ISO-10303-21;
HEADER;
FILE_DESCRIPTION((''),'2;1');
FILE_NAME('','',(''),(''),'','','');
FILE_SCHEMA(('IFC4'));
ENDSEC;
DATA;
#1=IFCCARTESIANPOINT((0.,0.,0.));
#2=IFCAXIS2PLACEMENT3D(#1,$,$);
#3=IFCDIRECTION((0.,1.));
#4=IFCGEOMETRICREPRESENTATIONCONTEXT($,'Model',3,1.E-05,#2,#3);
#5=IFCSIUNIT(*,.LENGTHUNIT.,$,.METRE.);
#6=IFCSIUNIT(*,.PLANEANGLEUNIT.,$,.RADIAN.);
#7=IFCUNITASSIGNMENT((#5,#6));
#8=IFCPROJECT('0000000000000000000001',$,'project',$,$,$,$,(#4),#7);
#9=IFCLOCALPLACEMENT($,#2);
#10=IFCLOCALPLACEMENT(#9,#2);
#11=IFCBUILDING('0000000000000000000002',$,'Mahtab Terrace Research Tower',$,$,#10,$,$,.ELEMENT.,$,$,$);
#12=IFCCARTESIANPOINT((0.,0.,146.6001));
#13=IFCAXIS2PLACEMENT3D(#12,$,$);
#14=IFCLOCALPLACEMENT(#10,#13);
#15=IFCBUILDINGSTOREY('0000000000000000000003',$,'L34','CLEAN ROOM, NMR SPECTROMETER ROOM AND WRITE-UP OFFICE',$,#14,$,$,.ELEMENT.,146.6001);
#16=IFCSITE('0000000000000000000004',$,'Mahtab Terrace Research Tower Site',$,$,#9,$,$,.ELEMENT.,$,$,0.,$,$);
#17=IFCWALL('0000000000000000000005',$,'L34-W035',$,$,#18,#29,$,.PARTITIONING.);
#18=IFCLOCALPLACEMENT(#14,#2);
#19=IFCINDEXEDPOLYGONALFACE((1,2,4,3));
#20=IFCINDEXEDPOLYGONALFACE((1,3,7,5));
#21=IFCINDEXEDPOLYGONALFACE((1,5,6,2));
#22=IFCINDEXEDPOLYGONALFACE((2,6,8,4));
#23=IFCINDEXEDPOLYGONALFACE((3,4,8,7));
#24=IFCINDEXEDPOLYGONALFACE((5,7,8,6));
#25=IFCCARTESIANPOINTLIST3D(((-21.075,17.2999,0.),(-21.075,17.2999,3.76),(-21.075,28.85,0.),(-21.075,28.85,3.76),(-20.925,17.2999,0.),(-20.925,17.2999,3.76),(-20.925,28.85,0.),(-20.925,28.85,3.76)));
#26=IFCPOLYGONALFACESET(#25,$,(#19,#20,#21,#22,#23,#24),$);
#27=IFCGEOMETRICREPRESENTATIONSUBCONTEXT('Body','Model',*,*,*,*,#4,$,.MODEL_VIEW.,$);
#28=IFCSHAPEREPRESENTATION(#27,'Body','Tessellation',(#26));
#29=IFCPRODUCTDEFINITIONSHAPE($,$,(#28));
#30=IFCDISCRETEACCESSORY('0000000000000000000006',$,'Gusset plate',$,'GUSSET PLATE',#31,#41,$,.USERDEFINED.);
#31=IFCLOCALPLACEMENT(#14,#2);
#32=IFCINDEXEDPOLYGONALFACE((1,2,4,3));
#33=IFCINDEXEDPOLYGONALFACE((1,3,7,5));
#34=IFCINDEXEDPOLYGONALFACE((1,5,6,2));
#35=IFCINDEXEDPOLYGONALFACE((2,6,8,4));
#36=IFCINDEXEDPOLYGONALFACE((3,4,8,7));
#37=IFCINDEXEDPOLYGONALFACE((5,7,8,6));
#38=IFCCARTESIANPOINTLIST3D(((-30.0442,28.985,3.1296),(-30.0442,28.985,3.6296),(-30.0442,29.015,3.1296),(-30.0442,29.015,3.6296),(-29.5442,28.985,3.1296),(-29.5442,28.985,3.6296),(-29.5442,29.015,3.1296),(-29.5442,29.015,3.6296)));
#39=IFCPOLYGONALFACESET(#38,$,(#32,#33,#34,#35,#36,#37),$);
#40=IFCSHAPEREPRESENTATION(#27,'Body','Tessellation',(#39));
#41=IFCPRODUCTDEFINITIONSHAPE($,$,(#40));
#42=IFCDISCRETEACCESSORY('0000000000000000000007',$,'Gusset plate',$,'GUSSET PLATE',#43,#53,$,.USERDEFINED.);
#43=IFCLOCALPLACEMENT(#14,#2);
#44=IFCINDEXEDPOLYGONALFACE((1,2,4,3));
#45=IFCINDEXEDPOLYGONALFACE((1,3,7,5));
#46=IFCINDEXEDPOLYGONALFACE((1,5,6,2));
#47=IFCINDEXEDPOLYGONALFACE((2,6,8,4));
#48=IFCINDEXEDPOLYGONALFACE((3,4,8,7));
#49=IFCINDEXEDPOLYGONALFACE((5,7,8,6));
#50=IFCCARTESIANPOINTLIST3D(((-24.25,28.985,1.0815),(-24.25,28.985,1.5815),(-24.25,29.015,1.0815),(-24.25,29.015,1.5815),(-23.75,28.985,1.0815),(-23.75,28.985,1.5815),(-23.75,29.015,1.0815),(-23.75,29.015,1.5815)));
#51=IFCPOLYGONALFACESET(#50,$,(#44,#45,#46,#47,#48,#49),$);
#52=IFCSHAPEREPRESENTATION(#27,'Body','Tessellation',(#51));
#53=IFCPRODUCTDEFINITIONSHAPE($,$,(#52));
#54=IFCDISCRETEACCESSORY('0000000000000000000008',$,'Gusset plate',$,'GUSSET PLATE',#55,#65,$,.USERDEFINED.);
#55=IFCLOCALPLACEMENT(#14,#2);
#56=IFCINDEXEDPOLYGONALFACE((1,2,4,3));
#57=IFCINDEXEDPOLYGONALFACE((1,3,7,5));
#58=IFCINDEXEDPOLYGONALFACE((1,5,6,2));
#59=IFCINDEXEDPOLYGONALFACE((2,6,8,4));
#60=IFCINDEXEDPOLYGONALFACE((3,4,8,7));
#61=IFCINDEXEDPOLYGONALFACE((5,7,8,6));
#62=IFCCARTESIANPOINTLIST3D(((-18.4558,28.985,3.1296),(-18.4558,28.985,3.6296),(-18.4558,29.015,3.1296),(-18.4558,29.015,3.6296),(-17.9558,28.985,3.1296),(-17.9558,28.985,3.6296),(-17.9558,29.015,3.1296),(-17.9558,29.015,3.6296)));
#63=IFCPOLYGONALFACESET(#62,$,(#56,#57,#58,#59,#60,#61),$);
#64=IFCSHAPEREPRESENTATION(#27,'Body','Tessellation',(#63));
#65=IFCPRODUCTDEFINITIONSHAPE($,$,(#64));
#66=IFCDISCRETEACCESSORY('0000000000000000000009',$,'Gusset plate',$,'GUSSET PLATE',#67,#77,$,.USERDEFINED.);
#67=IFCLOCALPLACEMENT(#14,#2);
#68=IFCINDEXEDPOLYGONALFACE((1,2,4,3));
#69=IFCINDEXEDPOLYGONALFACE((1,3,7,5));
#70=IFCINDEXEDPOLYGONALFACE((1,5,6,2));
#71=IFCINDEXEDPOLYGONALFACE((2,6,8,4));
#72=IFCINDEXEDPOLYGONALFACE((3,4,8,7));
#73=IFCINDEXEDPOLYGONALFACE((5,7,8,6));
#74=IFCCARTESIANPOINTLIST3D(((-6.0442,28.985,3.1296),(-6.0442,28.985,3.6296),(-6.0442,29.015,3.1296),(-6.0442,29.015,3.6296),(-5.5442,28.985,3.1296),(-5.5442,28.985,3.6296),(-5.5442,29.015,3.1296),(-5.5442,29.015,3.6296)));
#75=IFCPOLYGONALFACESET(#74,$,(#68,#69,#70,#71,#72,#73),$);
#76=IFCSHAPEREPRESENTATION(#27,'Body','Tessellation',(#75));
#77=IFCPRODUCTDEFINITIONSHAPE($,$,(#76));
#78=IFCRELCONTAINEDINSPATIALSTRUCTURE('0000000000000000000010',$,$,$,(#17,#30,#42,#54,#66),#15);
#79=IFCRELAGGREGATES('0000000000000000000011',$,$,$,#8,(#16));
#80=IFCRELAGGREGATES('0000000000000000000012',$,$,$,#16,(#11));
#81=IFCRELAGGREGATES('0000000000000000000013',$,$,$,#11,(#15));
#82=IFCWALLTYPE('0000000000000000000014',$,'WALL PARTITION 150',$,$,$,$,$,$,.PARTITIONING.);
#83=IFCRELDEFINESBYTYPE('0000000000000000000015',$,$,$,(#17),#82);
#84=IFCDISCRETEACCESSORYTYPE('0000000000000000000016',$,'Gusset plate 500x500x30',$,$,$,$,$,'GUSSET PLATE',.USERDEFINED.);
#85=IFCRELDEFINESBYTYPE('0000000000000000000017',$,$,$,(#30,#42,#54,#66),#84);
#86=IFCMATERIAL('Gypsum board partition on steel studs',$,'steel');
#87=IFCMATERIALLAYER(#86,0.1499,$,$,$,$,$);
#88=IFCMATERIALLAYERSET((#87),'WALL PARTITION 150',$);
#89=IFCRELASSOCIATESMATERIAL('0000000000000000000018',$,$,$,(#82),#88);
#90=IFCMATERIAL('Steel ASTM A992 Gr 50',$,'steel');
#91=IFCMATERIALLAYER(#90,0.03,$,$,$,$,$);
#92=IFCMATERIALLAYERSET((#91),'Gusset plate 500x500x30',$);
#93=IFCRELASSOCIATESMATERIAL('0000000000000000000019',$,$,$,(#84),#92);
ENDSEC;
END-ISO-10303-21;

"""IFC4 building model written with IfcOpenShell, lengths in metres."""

from ifc_helpers import new_model, si_unit, direction, frame, frame_2d, origin, origin_2d, place, context, subcontext, project, spatial, rectangle, extrude, material, layer, layer_set, type_object, element, save


model = new_model("IFC4")

# Units and contexts
model_context = context("Model", 3, precision=1e-05, world=origin(), true_north=direction((0.0, 1.0)))
body_context = subcontext(model_context, "Body", "Model", "MODEL_VIEW")
ifc_project = project(units=[si_unit("LENGTHUNIT", "METRE"), si_unit("PLANEANGLEUNIT", "RADIAN")], contexts=[model_context])

# Site, building, storey
site_placement = place(None, origin())
site = spatial("IfcSite", under=ifc_project, at=site_placement, Name="Mahtab Terrace Research Tower Site", CompositionType="ELEMENT", RefElevation=0.0)
building_placement = place(site_placement, origin())
building = spatial("IfcBuilding", under=site, at=building_placement, Name="Mahtab Terrace Research Tower", CompositionType="ELEMENT")
storey_placement = place(building_placement, frame((0.0, 0.0, 146.6001)))
storey = spatial("IfcBuildingStorey", under=building, at=storey_placement, Name="L34", Description="CLEAN ROOM, NMR SPECTROMETER ROOM AND WRITE-UP OFFICE", CompositionType="ELEMENT", Elevation=146.6001)

# Shared definitions
ifc_material_1 = material(Name="Steel ASTM A992 Gr 50", Category="steel")

# Wall
ifc_material_2 = material(Name="Gypsum board partition on steel studs", Category="steel")
ifc_layer_1 = layer(ifc_material_2, 0.1499)
ifc_layer_set_1 = layer_set([ifc_layer_1], Name="WALL PARTITION 150")
wall_type_1 = type_object("IfcWallType", Name="WALL PARTITION 150", PredefinedType="PARTITIONING", material=ifc_layer_set_1)
for number, where, z_axis, x_axis, name in (
    (1, (-21.0, 17.3, 0.0), (0.0, 0.0, 1.0), (0.0, 1.0, 0.0), "L34-W035"),
):
    element("IfcWall", number, at=place(storey_placement, frame(where, z_axis=z_axis, x_axis=x_axis)), inside=storey, type_object=wall_type_1, Name=name, PredefinedType="PARTITIONING", context=body_context, shape_type="SweptSolid", body=[
        extrude(rectangle(XDim=11.55, YDim=0.1499, at=frame_2d((5.7749, 0.0))), origin(), (0.0, 0.0, 1.0), 3.76),
    ])

# Discrete accessories
ifc_layer_2 = layer(ifc_material_1, 0.03)
ifc_layer_set_2 = layer_set([ifc_layer_2], Name="Gusset plate 500x500x30")
discrete_accessory_type = type_object("IfcDiscreteAccessoryType", Name="Gusset plate 500x500x30", ElementType="GUSSET PLATE", PredefinedType="USERDEFINED", material=ifc_layer_set_2)
for number, where, z_axis, x_axis, name in (
    (2, (-29.7942, 29.0, 3.1296), (0.0, 0.0, 1.0), (1.0, 0.0, 0.0), "Gusset plate"),
    (3, (-24.0, 29.0, 1.0815), (0.0, 0.0, 1.0), (1.0, 0.0, 0.0), "Gusset plate"),
    (4, (-18.2058, 29.0, 3.1296), (0.0, 0.0, 1.0), (1.0, 0.0, 0.0), "Gusset plate"),
    (5, (-5.7942, 29.0, 3.1296), (0.0, 0.0, 1.0), (1.0, 0.0, 0.0), "Gusset plate"),
):
    element("IfcDiscreteAccessory", number, at=place(storey_placement, frame(where, z_axis=z_axis, x_axis=x_axis)), inside=storey, type_object=discrete_accessory_type, Name=name, ObjectType="GUSSET PLATE", PredefinedType="USERDEFINED", context=body_context, shape_type="SweptSolid", body=[
        extrude(rectangle(XDim=0.5, YDim=0.03, at=origin_2d()), origin(), (0.0, 0.0, 1.0), 0.5),
    ])

save(model, "model.ifc")
